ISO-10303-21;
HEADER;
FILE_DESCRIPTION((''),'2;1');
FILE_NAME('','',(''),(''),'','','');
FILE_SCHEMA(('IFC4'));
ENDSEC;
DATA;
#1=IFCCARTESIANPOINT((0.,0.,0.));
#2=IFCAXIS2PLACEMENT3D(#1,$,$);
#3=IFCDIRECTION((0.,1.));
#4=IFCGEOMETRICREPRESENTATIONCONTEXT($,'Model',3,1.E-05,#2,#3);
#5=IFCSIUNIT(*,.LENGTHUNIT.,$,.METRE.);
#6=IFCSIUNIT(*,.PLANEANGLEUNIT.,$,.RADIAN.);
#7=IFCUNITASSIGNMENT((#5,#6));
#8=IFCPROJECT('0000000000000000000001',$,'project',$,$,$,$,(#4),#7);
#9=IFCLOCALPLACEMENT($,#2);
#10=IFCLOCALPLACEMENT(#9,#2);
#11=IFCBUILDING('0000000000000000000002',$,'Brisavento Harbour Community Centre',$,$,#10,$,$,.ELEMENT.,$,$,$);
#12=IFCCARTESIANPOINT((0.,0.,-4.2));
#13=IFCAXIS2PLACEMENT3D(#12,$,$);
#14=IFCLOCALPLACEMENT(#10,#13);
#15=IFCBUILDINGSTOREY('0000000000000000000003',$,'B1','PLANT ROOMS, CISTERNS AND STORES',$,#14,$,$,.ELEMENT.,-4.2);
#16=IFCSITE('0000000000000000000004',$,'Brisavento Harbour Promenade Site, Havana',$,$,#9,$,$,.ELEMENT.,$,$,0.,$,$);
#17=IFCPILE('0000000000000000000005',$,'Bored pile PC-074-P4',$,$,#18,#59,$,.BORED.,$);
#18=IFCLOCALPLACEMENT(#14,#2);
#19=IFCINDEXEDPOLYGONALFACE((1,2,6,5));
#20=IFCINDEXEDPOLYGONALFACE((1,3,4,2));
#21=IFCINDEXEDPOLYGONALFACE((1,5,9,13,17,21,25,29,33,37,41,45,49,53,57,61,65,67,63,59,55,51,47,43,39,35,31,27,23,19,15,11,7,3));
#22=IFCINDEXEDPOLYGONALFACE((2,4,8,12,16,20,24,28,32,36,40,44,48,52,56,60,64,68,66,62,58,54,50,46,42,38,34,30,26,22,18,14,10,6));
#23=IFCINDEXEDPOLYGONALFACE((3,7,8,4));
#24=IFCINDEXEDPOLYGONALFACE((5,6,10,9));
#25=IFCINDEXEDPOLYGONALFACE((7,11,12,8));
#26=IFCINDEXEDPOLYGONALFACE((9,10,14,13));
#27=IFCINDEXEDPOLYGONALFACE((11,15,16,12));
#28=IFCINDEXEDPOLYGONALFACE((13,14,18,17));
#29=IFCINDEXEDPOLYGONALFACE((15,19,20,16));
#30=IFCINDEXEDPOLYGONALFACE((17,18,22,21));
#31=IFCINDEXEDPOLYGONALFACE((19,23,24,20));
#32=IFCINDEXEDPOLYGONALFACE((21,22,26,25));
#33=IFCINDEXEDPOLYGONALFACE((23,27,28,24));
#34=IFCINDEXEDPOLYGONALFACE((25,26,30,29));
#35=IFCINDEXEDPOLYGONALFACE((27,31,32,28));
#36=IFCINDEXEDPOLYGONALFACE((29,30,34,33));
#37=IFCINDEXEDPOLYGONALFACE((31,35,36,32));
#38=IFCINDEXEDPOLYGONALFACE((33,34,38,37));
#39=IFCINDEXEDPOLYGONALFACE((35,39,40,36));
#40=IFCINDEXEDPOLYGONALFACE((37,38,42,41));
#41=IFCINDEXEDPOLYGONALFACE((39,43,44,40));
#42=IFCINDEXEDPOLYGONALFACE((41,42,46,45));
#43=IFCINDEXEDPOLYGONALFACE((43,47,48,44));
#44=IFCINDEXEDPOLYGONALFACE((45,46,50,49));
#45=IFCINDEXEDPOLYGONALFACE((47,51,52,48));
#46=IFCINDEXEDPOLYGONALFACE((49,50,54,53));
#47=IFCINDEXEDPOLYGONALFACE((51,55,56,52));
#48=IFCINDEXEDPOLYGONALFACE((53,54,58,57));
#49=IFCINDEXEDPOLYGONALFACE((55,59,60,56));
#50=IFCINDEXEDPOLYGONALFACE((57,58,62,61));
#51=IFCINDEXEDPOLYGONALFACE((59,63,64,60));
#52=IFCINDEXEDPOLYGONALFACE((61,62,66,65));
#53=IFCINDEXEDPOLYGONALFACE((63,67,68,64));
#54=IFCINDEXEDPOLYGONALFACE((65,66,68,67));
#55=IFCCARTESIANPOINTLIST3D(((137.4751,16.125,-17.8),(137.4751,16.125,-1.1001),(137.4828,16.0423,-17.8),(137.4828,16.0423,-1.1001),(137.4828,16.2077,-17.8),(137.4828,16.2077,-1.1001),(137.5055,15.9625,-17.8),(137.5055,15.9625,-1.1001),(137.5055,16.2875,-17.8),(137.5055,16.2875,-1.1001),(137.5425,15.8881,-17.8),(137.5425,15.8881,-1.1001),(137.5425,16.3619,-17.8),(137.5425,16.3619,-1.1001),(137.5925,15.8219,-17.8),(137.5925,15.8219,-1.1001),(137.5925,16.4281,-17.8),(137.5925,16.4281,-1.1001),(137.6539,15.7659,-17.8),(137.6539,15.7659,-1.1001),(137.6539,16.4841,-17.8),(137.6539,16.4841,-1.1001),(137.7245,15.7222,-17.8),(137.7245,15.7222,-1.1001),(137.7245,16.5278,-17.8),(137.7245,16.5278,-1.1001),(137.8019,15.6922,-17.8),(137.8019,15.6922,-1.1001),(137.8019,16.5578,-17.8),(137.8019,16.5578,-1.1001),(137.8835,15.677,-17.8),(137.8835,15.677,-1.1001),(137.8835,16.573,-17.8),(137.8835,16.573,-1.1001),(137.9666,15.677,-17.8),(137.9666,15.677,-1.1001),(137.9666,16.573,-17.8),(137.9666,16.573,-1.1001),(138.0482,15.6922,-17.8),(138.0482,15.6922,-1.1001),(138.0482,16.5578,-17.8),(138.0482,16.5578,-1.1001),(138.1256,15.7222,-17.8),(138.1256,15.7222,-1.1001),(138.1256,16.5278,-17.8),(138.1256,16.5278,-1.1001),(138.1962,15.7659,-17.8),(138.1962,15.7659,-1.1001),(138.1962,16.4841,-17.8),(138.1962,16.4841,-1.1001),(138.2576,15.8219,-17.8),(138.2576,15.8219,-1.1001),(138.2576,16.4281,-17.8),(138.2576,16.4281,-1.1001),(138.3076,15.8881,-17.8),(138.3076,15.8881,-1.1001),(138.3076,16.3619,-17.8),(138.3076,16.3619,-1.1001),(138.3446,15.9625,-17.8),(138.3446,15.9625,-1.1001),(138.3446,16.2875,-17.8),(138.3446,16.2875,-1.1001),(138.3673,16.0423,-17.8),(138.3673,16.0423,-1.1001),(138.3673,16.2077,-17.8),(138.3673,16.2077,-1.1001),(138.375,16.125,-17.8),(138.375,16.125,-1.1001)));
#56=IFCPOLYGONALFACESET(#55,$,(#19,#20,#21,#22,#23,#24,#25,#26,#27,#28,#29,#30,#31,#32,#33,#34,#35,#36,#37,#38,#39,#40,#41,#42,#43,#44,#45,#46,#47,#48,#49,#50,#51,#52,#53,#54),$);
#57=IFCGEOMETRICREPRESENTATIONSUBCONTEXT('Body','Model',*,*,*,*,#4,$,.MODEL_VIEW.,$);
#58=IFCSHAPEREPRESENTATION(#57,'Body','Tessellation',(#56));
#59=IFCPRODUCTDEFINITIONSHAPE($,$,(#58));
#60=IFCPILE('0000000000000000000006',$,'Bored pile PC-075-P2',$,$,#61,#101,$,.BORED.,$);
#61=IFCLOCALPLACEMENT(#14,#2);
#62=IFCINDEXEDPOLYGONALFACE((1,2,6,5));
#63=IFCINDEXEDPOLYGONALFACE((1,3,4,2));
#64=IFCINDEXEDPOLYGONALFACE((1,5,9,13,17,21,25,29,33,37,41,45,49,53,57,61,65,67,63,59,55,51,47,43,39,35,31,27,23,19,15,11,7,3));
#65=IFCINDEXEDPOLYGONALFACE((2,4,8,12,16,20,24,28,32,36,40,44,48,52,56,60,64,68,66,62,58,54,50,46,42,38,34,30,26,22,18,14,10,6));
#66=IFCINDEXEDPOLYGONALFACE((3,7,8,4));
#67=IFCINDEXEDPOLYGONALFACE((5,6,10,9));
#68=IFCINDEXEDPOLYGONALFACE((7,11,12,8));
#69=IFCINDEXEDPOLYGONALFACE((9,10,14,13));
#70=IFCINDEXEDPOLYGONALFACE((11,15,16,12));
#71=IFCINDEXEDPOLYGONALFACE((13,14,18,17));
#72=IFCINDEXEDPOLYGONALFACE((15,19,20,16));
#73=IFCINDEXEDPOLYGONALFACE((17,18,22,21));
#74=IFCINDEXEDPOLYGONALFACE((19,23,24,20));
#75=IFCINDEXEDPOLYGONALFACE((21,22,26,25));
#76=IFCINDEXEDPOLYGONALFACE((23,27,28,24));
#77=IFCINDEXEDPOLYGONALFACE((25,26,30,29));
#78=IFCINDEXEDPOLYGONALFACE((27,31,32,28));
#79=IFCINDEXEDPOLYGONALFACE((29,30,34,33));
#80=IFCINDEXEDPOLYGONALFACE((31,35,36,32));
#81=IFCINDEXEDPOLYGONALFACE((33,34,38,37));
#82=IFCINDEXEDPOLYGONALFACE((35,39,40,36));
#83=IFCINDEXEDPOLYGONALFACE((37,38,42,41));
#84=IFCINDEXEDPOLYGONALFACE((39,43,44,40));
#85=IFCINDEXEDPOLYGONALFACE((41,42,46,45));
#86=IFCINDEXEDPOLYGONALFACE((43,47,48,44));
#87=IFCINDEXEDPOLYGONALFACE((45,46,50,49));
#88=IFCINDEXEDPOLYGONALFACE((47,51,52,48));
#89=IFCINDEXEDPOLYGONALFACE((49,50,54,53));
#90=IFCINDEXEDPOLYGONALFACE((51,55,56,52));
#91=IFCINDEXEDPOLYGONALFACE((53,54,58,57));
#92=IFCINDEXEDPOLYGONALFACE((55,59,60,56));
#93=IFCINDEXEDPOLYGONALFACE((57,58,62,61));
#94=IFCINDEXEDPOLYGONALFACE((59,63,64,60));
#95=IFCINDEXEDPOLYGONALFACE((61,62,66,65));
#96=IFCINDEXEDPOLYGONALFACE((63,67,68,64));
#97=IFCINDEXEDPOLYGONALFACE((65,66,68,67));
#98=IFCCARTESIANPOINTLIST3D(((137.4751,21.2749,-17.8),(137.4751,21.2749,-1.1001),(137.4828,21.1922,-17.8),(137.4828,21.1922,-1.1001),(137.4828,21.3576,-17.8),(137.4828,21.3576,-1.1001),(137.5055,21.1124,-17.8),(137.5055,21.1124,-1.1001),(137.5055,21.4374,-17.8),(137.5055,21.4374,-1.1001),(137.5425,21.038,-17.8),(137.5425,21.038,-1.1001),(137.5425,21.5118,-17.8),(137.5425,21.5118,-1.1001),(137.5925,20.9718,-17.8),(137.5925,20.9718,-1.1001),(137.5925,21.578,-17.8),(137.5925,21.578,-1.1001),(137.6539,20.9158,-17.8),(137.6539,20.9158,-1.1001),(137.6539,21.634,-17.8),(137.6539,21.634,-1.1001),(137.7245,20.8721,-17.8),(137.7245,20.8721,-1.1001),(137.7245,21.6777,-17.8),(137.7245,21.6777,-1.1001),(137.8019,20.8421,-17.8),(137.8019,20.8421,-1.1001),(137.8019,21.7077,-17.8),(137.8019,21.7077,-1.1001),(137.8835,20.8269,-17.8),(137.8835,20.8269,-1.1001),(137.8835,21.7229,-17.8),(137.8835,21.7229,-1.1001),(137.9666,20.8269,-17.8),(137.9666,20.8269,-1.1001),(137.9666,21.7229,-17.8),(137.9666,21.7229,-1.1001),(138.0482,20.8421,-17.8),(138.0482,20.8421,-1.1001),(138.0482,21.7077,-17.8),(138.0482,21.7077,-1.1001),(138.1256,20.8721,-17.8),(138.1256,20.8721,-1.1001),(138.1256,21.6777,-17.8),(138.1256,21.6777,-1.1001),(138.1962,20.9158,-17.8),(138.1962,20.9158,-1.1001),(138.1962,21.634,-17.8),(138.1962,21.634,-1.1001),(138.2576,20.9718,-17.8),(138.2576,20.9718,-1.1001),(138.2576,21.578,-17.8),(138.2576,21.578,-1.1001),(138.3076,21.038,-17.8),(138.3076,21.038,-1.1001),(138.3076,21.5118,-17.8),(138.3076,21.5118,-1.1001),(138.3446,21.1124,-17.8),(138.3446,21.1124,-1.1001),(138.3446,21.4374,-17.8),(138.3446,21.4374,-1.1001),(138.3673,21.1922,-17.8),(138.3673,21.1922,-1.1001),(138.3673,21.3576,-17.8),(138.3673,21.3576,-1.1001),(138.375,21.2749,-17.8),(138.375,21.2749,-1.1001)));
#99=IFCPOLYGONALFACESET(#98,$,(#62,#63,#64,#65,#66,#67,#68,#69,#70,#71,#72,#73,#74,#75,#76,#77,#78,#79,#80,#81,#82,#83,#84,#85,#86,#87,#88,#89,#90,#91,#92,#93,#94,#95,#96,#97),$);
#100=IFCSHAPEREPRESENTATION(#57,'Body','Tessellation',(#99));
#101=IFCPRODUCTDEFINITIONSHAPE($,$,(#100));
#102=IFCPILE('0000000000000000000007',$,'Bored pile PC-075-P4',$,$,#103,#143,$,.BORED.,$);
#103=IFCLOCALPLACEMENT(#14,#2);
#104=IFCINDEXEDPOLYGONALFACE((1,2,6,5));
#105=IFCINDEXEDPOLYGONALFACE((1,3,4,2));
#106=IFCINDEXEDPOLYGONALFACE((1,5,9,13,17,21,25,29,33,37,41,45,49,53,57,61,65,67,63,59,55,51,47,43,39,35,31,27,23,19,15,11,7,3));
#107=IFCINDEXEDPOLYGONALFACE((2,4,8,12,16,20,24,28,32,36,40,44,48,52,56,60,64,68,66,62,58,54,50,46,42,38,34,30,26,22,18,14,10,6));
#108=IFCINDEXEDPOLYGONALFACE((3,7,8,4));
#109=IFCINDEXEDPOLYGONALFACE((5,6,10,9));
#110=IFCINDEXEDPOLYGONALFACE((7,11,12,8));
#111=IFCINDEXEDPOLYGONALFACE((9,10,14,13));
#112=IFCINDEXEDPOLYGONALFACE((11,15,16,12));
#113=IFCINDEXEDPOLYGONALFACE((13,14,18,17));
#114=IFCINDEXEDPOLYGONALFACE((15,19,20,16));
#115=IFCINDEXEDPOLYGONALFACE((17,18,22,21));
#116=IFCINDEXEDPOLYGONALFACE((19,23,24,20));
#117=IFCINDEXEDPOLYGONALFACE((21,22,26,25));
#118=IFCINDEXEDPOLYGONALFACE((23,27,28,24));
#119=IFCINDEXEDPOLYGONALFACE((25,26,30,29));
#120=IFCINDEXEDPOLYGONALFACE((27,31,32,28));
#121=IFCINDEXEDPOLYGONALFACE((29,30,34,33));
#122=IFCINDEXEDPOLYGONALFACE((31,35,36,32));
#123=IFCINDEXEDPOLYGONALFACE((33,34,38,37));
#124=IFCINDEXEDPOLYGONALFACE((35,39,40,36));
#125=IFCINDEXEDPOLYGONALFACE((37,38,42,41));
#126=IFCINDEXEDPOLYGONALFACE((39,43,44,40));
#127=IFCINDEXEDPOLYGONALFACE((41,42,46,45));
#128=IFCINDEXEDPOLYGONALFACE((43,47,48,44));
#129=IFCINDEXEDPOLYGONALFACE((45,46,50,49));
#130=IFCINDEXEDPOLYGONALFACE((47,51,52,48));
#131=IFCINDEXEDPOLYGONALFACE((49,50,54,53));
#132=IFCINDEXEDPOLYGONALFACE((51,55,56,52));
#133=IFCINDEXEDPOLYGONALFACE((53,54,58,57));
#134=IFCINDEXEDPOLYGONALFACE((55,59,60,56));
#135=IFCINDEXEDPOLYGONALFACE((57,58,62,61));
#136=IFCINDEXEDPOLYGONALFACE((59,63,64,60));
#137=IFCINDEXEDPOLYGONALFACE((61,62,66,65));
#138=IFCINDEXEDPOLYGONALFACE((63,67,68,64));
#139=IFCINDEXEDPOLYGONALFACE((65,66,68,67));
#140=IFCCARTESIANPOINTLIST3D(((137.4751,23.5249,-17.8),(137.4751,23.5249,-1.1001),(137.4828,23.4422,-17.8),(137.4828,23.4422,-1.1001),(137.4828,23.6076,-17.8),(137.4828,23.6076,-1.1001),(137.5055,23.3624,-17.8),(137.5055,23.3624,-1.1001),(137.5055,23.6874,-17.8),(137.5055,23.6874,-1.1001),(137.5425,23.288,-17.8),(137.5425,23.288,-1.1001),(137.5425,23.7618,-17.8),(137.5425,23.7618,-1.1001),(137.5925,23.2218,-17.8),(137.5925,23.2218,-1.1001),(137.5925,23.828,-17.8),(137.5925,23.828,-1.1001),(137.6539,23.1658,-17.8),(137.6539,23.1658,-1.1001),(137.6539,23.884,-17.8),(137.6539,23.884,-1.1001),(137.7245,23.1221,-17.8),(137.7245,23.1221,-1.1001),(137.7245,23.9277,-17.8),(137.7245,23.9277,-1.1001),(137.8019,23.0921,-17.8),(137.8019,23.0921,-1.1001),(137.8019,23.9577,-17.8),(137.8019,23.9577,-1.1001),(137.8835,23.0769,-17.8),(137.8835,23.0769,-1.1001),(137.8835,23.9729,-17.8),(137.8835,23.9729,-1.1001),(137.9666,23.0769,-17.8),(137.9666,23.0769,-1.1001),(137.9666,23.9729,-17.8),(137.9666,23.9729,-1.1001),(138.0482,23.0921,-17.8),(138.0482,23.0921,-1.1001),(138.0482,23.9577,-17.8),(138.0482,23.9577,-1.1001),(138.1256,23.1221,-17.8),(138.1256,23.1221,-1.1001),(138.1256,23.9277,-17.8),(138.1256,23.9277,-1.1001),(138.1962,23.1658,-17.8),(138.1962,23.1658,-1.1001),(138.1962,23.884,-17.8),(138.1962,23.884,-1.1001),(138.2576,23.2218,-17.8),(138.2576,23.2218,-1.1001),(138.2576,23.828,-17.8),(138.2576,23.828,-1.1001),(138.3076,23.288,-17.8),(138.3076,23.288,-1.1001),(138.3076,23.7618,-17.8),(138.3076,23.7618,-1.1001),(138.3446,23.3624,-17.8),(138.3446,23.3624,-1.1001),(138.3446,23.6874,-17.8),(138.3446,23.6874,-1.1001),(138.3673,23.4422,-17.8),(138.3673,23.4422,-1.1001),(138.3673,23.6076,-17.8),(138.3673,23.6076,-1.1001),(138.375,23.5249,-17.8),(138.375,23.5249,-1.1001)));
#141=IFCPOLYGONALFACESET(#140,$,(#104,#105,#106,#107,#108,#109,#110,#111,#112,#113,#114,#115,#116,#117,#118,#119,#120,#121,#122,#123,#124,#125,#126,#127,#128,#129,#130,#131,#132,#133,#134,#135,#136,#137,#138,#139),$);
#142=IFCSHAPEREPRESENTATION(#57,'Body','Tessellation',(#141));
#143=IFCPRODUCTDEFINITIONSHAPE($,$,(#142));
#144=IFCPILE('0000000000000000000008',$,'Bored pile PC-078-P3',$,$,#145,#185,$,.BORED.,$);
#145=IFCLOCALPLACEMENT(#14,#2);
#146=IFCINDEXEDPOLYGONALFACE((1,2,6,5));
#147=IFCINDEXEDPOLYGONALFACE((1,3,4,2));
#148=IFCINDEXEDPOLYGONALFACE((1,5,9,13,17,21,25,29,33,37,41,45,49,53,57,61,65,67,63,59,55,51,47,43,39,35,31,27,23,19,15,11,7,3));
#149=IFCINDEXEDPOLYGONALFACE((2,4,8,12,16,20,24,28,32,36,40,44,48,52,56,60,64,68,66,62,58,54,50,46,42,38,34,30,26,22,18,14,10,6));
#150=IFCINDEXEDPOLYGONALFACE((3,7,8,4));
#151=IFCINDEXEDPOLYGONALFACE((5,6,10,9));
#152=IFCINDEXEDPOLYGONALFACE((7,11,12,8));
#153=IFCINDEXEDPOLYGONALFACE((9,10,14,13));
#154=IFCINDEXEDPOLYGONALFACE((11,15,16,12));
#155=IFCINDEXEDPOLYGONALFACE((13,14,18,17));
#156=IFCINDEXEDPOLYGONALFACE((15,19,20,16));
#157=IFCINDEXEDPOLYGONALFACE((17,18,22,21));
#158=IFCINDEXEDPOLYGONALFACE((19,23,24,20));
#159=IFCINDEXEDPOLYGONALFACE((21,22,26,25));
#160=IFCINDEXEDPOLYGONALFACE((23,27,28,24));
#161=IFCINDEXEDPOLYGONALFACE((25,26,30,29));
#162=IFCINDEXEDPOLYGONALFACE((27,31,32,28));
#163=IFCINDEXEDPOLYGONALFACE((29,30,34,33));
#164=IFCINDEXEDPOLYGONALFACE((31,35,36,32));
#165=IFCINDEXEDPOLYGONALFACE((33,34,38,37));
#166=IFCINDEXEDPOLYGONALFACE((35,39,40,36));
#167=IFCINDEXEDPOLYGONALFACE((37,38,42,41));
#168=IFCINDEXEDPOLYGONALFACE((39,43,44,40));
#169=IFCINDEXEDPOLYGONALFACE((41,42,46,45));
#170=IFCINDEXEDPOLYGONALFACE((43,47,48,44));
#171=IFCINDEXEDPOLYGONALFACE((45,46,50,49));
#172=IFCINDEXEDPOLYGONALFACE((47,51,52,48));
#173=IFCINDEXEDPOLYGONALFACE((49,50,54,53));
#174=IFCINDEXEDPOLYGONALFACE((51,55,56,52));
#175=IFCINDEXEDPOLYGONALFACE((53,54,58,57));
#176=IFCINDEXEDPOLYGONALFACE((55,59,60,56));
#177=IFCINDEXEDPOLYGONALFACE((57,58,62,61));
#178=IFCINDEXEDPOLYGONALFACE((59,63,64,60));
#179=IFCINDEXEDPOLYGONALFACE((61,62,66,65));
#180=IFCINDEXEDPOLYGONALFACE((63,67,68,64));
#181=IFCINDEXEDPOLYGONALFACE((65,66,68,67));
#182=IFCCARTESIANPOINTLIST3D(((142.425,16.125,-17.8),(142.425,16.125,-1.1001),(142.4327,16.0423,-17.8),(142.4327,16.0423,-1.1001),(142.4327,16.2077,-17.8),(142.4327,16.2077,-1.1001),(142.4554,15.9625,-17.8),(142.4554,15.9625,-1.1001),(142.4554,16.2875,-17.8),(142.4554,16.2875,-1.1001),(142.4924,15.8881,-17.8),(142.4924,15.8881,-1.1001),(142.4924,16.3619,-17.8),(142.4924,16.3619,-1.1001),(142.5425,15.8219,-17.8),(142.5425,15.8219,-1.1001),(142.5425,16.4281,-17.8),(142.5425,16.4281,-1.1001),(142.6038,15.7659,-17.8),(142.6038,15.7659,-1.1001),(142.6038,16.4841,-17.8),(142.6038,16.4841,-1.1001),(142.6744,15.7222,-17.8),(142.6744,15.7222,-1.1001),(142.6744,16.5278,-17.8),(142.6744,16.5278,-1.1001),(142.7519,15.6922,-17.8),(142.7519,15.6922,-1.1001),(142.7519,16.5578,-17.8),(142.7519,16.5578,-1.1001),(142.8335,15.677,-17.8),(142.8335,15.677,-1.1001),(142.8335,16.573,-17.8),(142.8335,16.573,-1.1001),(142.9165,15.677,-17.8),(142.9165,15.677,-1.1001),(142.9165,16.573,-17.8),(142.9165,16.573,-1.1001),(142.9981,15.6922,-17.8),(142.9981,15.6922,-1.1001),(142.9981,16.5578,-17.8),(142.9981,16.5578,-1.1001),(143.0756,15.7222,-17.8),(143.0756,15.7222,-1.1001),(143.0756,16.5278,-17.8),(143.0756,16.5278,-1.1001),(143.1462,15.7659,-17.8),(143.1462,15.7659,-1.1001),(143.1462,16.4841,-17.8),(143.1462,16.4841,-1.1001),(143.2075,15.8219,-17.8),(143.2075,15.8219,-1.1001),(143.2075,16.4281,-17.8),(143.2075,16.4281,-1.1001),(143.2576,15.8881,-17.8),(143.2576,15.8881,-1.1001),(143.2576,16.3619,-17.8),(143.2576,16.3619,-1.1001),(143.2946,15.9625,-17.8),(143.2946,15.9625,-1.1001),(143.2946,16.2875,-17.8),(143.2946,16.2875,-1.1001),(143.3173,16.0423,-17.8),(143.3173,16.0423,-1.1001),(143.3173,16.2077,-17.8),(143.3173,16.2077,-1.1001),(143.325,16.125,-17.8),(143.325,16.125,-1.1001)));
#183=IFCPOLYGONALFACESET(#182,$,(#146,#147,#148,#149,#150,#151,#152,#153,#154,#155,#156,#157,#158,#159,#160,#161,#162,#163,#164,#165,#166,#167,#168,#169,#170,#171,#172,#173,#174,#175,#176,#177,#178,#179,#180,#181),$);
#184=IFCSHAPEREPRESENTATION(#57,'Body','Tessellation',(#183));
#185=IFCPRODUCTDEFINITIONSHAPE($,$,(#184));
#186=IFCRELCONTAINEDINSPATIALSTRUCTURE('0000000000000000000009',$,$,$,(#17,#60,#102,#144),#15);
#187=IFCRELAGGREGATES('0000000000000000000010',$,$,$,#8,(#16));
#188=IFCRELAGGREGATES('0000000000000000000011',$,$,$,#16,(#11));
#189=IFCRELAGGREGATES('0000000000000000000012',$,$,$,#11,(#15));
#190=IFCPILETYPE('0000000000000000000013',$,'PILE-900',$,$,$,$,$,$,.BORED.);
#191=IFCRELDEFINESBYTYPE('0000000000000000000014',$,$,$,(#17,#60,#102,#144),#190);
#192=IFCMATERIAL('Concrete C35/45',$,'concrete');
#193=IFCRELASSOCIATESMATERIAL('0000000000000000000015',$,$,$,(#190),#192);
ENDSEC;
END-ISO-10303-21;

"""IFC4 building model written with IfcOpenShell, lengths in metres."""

from ifc_helpers import new_model, si_unit, direction, frame, origin, origin_2d, place, context, subcontext, project, spatial, circle, extrude, material, material_profile, profile_set, type_object, element, save


model = new_model("IFC4")

# Units and contexts
model_context = context("Model", 3, precision=1e-05, world=origin(), true_north=direction((0.0, 1.0)))
body_context = subcontext(model_context, "Body", "Model", "MODEL_VIEW")
ifc_project = project(units=[si_unit("LENGTHUNIT", "METRE"), si_unit("PLANEANGLEUNIT", "RADIAN")], contexts=[model_context])

# Site, building, storey
site_placement = place(None, origin())
site = spatial("IfcSite", under=ifc_project, at=site_placement, Name="Brisavento Harbour Promenade Site, Havana", CompositionType="ELEMENT", RefElevation=0.0)
building_placement = place(site_placement, origin())
building = spatial("IfcBuilding", under=site, at=building_placement, Name="Brisavento Harbour Community Centre", CompositionType="ELEMENT")
storey_placement = place(building_placement, frame((0.0, 0.0, -4.2)))
storey = spatial("IfcBuildingStorey", under=building, at=storey_placement, Name="B1", Description="PLANT ROOMS, CISTERNS AND STORES", CompositionType="ELEMENT", Elevation=-4.2)

# Shared definitions
ifc_material_1 = material(Name="Concrete C35/45", Category="concrete")

# Piles
ifc_material_profile_1 = material_profile(ifc_material_1, circle(Radius=0.45, at=origin_2d()), Name="Concrete C35/45")
ifc_profile_set_1 = profile_set([ifc_material_profile_1], Name="Concrete C35/45")
pile_type_1 = type_object("IfcPileType", Name="PILE-900", PredefinedType="BORED", material=ifc_profile_set_1)
for number, where, z_axis, x_axis, name in (
    (1, (137.925, 16.125, -1.1001), (0.0, 0.0, -1.0), (1.0, 0.0, 0.0), "Bored pile PC-074-P4"),
    (2, (137.925, 21.2749, -1.1001), (0.0, 0.0, -1.0), (1.0, 0.0, 0.0), "Bored pile PC-075-P2"),
    (3, (137.925, 23.5249, -1.1001), (0.0, 0.0, -1.0), (1.0, 0.0, 0.0), "Bored pile PC-075-P4"),
    (4, (142.875, 16.125, -1.1001), (0.0, 0.0, -1.0), (1.0, 0.0, 0.0), "Bored pile PC-078-P3"),
):
    element("IfcPile", number, at=place(storey_placement, frame(where, z_axis=z_axis, x_axis=x_axis)), inside=storey, type_object=pile_type_1, Name=name, PredefinedType="BORED", context=body_context, shape_type="SweptSolid", body=[
        extrude(circle(Radius=0.45, at=origin_2d()), origin(), (0.0, 0.0, 1.0), 16.7),
    ])

save(model, "model.ifc")
